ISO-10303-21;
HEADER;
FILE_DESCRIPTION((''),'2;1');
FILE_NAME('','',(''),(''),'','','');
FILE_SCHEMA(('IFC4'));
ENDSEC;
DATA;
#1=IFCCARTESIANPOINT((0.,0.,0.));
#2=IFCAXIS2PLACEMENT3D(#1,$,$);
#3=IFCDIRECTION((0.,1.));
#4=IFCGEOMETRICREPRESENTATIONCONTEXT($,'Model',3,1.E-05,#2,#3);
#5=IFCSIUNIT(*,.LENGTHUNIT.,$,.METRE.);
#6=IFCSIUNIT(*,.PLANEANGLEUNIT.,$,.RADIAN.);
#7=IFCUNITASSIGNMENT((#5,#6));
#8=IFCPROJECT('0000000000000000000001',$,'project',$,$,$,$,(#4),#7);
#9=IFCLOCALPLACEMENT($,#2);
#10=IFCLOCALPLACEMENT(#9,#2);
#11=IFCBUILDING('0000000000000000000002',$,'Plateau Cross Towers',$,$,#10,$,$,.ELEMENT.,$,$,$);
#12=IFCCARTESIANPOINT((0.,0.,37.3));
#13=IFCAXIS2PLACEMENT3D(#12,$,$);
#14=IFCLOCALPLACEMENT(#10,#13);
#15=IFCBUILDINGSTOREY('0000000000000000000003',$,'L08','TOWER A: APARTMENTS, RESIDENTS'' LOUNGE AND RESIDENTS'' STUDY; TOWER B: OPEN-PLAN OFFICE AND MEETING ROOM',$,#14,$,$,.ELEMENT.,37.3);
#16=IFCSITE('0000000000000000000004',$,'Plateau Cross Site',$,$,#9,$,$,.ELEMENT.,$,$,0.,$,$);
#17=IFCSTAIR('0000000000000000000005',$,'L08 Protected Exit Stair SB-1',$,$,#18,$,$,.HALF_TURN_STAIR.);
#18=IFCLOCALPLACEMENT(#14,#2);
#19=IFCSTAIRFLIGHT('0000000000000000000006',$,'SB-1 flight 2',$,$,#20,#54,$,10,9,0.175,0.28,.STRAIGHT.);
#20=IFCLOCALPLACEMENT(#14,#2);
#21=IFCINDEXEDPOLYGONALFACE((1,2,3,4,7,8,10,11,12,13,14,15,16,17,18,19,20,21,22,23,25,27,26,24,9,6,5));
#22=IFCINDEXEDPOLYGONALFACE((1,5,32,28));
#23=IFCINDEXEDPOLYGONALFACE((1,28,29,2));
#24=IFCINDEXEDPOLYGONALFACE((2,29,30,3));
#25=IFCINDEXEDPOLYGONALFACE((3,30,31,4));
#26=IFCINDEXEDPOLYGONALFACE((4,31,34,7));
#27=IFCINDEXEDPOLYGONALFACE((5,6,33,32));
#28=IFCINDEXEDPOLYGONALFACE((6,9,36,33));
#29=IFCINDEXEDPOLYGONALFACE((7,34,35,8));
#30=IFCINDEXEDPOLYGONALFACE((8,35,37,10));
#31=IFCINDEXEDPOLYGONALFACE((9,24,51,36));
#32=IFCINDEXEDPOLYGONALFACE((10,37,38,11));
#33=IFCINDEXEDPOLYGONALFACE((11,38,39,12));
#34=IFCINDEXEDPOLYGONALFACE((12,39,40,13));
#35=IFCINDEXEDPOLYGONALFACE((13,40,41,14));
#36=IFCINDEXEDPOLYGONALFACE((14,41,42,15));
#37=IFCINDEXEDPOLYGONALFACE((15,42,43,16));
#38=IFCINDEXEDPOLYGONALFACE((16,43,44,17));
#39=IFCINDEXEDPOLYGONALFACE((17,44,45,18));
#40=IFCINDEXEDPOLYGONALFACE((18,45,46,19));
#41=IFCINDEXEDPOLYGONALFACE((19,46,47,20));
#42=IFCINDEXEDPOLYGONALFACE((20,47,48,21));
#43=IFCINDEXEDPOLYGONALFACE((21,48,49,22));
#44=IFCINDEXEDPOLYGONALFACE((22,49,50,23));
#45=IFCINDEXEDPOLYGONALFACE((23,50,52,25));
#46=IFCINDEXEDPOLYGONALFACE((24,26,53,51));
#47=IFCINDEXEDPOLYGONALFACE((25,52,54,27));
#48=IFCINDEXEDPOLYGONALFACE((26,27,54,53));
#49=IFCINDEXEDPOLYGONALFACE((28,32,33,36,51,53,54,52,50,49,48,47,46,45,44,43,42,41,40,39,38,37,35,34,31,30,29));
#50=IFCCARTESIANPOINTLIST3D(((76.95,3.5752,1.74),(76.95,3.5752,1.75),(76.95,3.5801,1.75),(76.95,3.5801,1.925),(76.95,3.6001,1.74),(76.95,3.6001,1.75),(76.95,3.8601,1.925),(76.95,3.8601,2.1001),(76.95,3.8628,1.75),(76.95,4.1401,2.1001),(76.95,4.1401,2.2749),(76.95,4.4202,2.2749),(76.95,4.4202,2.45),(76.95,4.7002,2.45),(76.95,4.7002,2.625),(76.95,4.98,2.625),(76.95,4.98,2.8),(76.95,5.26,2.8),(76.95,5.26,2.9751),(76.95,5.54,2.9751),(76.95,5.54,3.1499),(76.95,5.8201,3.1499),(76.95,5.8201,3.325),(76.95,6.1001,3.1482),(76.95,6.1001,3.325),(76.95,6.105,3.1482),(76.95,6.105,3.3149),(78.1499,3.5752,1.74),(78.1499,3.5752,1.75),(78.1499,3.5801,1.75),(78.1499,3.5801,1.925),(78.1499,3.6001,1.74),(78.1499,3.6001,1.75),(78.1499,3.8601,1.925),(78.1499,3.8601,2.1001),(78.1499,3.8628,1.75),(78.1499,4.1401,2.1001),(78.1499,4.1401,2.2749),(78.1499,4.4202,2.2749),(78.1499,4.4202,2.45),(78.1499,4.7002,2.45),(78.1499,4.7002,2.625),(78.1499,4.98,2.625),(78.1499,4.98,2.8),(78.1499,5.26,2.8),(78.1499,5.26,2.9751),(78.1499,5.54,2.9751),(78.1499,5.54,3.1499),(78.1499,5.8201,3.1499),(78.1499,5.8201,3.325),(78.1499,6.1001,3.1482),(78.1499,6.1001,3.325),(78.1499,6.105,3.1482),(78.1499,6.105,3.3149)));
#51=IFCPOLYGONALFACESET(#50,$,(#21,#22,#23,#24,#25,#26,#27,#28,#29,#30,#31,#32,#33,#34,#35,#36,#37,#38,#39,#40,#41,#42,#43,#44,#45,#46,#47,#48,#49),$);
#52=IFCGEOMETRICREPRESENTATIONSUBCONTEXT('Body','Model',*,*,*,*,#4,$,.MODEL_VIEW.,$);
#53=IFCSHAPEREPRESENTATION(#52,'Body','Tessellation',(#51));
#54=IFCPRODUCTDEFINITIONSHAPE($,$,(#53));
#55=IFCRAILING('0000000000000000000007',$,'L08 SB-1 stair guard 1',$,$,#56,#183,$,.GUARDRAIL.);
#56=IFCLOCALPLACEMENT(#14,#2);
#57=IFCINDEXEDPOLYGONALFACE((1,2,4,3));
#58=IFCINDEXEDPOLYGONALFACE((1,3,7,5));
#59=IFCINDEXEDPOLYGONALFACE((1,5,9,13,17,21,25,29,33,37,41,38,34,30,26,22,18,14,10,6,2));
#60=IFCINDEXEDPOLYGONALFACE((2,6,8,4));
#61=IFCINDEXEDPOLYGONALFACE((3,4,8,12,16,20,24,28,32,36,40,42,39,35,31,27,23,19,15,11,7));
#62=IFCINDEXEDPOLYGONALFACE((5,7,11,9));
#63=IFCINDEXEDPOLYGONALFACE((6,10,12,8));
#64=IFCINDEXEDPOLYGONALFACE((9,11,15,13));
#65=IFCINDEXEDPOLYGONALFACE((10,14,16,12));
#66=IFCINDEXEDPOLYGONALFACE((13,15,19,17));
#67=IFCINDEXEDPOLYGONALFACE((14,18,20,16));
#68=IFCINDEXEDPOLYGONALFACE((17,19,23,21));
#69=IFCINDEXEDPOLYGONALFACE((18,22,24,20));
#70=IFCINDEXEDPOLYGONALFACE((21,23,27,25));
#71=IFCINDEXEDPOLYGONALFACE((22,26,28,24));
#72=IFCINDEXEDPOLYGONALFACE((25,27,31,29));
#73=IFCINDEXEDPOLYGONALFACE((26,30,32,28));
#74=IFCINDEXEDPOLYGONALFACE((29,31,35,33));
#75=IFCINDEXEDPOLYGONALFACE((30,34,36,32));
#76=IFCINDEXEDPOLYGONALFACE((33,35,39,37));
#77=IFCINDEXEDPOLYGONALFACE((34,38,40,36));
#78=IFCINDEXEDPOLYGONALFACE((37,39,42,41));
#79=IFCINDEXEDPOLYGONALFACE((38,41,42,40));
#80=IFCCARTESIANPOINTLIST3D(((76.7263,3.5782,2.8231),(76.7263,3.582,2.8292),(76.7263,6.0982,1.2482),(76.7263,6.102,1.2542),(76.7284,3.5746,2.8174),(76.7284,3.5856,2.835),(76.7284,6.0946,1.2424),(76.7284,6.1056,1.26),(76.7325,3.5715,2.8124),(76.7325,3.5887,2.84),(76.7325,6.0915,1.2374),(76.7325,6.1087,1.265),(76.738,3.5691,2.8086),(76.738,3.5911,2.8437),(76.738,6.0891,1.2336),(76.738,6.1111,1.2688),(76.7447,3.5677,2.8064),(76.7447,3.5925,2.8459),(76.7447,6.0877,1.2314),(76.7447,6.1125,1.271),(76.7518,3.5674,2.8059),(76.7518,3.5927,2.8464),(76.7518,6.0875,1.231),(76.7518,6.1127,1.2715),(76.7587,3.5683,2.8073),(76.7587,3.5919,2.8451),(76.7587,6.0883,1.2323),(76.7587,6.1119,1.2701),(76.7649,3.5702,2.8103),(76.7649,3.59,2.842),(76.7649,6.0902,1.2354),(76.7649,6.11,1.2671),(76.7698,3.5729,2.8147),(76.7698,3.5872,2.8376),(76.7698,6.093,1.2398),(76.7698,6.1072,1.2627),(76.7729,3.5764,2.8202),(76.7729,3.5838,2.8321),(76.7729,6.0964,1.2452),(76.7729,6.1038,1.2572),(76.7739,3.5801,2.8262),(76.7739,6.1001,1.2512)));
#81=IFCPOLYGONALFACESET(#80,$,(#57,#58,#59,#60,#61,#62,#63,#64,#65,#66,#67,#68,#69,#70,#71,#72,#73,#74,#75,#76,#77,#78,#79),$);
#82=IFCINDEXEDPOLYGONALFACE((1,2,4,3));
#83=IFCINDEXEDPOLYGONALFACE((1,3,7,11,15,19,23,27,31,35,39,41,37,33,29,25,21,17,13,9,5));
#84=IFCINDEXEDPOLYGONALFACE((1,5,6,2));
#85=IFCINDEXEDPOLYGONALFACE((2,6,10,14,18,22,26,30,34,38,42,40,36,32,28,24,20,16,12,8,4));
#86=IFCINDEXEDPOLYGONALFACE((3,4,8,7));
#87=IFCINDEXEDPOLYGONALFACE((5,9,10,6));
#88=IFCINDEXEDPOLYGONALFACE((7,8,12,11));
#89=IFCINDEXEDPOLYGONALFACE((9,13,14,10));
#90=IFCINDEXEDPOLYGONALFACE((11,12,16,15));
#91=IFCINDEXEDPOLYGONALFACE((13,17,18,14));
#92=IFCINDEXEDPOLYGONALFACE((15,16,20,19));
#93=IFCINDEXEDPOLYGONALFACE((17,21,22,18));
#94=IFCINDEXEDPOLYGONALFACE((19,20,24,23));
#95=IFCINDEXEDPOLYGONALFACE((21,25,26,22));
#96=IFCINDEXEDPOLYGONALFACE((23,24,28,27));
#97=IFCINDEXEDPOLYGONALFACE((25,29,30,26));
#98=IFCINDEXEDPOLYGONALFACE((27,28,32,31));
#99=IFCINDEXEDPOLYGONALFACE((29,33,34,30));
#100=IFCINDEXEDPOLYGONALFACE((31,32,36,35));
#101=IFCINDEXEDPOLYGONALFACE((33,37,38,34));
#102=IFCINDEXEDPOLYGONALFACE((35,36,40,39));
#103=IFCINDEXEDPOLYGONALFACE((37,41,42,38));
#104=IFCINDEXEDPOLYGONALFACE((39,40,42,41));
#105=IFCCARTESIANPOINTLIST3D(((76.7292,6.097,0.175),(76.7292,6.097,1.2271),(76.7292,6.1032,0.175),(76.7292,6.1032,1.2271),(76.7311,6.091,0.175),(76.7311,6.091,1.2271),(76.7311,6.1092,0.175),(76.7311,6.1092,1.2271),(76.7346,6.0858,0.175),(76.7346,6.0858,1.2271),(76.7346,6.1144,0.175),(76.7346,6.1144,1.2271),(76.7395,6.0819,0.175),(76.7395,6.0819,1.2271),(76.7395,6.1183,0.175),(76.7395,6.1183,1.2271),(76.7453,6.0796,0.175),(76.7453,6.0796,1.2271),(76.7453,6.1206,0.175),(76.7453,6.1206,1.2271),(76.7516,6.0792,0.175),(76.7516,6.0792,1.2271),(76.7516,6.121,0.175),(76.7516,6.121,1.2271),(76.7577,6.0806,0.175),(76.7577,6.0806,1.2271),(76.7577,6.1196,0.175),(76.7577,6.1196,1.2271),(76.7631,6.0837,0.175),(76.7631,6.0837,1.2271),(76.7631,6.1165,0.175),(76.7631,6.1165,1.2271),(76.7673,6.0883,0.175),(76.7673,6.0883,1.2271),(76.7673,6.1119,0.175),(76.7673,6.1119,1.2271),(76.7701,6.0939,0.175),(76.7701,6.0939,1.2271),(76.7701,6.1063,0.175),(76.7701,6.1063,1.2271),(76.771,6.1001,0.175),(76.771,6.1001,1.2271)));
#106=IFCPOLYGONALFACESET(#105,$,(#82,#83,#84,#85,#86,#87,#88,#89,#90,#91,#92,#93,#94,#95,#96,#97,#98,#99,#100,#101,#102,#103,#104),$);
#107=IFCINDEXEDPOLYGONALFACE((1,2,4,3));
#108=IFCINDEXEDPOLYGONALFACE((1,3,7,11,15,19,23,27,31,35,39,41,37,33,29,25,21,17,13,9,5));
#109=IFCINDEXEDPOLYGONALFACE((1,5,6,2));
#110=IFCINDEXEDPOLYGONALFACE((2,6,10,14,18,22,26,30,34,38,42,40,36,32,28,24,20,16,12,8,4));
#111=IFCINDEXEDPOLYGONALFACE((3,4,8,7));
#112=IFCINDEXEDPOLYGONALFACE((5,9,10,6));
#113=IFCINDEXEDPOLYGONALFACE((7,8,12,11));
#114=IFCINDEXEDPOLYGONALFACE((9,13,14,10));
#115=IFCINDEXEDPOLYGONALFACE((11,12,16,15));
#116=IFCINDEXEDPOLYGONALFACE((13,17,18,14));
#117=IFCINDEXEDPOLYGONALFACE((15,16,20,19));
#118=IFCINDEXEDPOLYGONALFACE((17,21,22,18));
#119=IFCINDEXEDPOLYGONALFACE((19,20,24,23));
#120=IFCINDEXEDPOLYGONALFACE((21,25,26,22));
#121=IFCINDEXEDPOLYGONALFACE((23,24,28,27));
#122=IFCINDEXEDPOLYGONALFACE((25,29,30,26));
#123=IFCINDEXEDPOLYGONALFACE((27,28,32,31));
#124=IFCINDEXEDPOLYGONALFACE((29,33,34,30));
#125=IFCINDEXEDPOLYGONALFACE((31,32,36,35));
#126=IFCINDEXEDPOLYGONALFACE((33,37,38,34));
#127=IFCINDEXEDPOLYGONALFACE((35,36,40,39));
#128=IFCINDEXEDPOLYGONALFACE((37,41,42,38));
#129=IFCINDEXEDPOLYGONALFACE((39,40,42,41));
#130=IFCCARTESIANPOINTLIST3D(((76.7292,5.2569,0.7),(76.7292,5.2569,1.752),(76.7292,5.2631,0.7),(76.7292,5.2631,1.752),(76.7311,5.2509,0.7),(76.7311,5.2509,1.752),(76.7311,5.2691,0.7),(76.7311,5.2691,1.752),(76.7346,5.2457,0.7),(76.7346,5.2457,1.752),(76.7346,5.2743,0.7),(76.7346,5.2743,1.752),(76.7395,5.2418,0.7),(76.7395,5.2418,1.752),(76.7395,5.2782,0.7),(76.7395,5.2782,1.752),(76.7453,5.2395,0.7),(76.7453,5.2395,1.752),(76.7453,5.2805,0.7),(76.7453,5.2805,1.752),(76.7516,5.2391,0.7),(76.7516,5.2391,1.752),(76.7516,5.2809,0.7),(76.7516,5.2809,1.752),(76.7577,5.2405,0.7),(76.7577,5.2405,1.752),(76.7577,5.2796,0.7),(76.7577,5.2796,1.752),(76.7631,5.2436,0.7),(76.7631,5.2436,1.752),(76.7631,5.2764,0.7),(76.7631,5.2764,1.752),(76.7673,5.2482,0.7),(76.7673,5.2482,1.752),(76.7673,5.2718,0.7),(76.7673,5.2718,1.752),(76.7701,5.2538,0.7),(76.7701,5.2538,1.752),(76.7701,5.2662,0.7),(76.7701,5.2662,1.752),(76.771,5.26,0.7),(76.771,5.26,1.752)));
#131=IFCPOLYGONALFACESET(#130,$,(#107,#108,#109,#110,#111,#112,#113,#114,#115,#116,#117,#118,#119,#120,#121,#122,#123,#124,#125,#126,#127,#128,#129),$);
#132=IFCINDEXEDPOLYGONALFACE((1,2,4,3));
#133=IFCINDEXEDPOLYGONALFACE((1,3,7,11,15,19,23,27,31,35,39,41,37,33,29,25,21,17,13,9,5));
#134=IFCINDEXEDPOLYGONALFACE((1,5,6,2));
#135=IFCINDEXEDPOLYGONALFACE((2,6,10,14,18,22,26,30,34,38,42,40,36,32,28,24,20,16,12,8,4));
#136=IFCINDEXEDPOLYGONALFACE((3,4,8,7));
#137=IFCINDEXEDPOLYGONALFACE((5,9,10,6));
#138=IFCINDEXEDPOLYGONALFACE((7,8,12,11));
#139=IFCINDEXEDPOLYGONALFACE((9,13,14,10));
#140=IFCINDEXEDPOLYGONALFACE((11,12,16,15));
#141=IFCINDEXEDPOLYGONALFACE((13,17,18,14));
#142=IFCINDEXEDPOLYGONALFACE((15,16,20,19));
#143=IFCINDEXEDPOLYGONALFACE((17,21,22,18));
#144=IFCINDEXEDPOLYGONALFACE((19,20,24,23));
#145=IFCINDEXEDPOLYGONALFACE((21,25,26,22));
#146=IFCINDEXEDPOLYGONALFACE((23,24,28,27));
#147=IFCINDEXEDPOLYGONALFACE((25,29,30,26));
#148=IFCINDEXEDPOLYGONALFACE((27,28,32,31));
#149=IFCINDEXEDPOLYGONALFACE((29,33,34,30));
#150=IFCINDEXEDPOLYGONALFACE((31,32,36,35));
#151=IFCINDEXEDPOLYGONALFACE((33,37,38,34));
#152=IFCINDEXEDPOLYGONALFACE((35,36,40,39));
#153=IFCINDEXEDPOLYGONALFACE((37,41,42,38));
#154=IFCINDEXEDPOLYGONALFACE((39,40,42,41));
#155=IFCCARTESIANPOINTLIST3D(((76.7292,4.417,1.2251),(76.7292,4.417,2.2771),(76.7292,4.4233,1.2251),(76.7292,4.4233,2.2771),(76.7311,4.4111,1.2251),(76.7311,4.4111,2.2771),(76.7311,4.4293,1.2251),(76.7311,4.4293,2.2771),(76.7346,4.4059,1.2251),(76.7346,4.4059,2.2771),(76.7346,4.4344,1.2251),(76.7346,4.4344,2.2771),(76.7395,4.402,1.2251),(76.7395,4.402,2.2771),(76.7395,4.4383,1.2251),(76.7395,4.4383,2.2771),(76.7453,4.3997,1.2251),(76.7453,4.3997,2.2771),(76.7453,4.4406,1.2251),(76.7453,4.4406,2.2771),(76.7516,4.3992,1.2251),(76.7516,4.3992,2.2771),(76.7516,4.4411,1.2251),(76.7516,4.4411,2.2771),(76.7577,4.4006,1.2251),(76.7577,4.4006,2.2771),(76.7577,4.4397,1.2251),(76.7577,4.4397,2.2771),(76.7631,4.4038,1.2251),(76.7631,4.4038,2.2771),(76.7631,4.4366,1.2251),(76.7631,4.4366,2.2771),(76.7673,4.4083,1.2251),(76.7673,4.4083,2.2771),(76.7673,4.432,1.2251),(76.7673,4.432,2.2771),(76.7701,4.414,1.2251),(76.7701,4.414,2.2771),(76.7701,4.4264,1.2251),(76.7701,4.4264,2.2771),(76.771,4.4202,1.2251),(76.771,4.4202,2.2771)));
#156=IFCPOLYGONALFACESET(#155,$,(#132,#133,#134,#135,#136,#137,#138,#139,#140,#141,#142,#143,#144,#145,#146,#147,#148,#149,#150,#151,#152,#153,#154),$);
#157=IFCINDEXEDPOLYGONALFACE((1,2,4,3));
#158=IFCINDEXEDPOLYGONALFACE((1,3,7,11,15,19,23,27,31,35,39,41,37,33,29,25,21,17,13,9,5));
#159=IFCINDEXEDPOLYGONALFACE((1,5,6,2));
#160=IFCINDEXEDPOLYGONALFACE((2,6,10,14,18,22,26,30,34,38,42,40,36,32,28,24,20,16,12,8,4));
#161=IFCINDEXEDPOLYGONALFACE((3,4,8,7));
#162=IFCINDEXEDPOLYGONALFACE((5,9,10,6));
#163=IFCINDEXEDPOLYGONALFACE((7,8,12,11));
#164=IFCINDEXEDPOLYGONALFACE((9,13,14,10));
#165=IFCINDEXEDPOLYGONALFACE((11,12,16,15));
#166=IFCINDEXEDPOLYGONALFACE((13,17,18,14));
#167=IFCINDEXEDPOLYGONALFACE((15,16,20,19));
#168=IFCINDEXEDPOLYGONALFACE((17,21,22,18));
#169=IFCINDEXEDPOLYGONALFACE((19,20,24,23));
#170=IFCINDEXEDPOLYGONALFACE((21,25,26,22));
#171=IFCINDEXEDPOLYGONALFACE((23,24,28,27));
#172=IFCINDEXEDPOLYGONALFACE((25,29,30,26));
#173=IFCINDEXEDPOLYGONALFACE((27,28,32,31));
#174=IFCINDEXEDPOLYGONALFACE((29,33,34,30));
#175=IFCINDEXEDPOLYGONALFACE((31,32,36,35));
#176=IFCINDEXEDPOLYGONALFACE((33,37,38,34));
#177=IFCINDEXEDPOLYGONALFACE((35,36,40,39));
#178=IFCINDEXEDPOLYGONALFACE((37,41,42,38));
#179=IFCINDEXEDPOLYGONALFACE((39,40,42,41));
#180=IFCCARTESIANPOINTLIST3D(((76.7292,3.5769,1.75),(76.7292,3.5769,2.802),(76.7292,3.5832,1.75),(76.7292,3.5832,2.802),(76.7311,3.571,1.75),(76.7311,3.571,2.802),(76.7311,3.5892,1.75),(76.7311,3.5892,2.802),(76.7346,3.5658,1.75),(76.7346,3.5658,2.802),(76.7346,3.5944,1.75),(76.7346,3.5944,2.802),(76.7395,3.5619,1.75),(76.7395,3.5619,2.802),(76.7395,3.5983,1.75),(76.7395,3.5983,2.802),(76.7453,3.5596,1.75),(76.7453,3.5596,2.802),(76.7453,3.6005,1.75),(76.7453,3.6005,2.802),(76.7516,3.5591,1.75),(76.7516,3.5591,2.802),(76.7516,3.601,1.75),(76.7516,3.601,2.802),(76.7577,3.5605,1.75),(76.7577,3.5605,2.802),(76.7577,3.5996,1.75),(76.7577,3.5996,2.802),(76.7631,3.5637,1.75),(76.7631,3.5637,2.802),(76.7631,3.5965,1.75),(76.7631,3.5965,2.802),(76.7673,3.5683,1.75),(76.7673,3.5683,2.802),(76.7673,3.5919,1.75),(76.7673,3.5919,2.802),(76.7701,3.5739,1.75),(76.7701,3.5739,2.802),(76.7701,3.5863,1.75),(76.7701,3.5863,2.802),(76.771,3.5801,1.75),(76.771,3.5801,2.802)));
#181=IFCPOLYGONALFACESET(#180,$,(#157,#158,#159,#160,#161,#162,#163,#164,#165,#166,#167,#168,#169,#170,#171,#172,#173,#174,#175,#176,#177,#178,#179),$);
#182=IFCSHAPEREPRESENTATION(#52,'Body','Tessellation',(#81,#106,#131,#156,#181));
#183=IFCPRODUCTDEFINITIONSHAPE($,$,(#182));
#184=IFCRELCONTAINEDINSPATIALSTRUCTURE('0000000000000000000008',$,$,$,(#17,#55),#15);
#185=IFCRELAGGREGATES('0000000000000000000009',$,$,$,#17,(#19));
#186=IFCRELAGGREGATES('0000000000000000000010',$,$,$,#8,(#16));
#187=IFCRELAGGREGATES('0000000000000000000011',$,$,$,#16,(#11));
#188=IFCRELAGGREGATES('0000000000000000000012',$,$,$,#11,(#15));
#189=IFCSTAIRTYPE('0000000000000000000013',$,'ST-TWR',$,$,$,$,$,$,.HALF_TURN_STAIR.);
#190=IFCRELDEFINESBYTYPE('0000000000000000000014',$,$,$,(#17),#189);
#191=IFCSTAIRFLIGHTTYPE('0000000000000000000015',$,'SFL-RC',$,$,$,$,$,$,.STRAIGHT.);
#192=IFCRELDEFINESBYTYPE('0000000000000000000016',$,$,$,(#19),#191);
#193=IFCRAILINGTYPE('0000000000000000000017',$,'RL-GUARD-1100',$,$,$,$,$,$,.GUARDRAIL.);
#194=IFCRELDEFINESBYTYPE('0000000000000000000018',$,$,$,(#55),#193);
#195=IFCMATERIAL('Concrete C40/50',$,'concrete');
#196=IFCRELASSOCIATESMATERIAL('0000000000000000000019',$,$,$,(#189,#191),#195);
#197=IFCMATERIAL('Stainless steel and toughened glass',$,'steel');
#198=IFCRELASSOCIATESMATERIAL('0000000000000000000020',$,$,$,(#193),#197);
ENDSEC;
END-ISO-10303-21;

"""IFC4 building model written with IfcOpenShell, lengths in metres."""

from ifc_helpers import new_model, si_unit, direction, frame, origin, origin_2d, place, context, subcontext, project, spatial, polyline, circle, outline, extrude, material, type_object, element, aggregate, save


model = new_model("IFC4")

# Units and contexts
model_context = context("Model", 3, precision=1e-05, world=origin(), true_north=direction((0.0, 1.0)))
body_context = subcontext(model_context, "Body", "Model", "MODEL_VIEW")
ifc_project = project(units=[si_unit("LENGTHUNIT", "METRE"), si_unit("PLANEANGLEUNIT", "RADIAN")], contexts=[model_context])

# Site, building, storey
site_placement = place(None, origin())
site = spatial("IfcSite", under=ifc_project, at=site_placement, Name="Plateau Cross Site", CompositionType="ELEMENT", RefElevation=0.0)
building_placement = place(site_placement, origin())
building = spatial("IfcBuilding", under=site, at=building_placement, Name="Plateau Cross Towers", CompositionType="ELEMENT")
storey_placement = place(building_placement, frame((0.0, 0.0, 37.3)))
storey = spatial("IfcBuildingStorey", under=building, at=storey_placement, Name="L08", Description="TOWER A: APARTMENTS, RESIDENTS' LOUNGE AND RESIDENTS' STUDY; TOWER B: OPEN-PLAN OFFICE AND MEETING ROOM", CompositionType="ELEMENT", Elevation=37.3)

# Stair, stair flight
ifc_material_1 = material(Name="Concrete C40/50", Category="concrete")
stair_type = type_object("IfcStairType", Name="ST-TWR", PredefinedType="HALF_TURN_STAIR", material=ifc_material_1)
stair_placement = place(storey_placement, origin())
stair = element("IfcStair", 1, at=stair_placement, inside=storey, type_object=stair_type, Name="L08 Protected Exit Stair SB-1", PredefinedType="HALF_TURN_STAIR")
stair_flight_type = type_object("IfcStairFlightType", Name="SFL-RC", PredefinedType="STRAIGHT", material=ifc_material_1)
stair_flight_1_placement = place(storey_placement, frame((77.55, 3.5801, 1.75), z_axis=(0.0, 0.0, 1.0), x_axis=(0.0, 1.0, 0.0)))
stair_flight_1 = element("IfcStairFlight", 2, at=stair_flight_1_placement, type_object=stair_flight_type, Name="SB-1 flight 2", NumberOfRisers=10, NumberOfTreads=9, PredefinedType="STRAIGHT", RiserHeight=0.175, TreadLength=0.28, context=body_context, shape_type="SweptSolid", body=[
    extrude(outline(polyline([(-0.0049, -0.01), (-0.0049, 0.0), (0.0, 0.0), (0.0, 0.175), (0.28, 0.175), (0.28, 0.3501), (0.5601, 0.3501), (0.5601, 0.5249), (0.8401, 0.5249), (0.8401, 0.7), (1.1201, 0.7), (1.1201, 0.875), (1.3999, 0.875), (1.3999, 1.05), (1.6799, 1.05), (1.6799, 1.2251), (1.96, 1.2251), (1.96, 1.3999), (2.24, 1.3999), (2.24, 1.575), (2.52, 1.575), (2.5249, 1.5649), (2.5249, 1.3982), (2.52, 1.3982), (0.2827, 0.0), (0.02, 0.0), (0.02, -0.01), (-0.0049, -0.01)])), frame((0.0, 0.6001, 0.0), z_axis=(0.0, -1.0, 0.0), x_axis=(1.0, 0.0, 0.0)), (0.0, 0.0, 1.0), 1.2),
])
aggregate(stair, [stair_flight_1])

# Railing
ifc_material_2 = material(Name="Stainless steel and toughened glass", Category="steel")
railing_type_1 = type_object("IfcRailingType", Name="RL-GUARD-1100", PredefinedType="GUARDRAIL", material=ifc_material_2)
railing_1_placement = place(storey_placement, frame((76.75, 6.1001, 0.175)))
element("IfcRailing", 3, at=railing_1_placement, inside=storey, type_object=railing_type_1, Name="L08 SB-1 stair guard 1", PredefinedType="GUARDRAIL", context=body_context, shape_type="SweptSolid", body=[
    extrude(circle(Radius=0.0239, at=origin_2d()), frame((0.0, 0.0, 1.0762), z_axis=(0.0, -0.848008, 0.529984), x_axis=(1.0, 0.0, 0.0)), (0.0, 0.0, 1.0), 2.9717),
    extrude(circle(Radius=0.021, at=origin_2d()), origin(), (0.0, 0.0, 1.0), 1.052),
    extrude(circle(Radius=0.021, at=origin_2d()), frame((0.0, -0.8401, 0.5249)), (0.0, 0.0, 1.0), 1.052),
    extrude(circle(Radius=0.021, at=origin_2d()), frame((0.0, -1.6799, 1.05)), (0.0, 0.0, 1.0), 1.052),
    extrude(circle(Radius=0.021, at=origin_2d()), frame((0.0, -2.52, 1.575)), (0.0, 0.0, 1.0), 1.052),
])

save(model, "model.ifc")
